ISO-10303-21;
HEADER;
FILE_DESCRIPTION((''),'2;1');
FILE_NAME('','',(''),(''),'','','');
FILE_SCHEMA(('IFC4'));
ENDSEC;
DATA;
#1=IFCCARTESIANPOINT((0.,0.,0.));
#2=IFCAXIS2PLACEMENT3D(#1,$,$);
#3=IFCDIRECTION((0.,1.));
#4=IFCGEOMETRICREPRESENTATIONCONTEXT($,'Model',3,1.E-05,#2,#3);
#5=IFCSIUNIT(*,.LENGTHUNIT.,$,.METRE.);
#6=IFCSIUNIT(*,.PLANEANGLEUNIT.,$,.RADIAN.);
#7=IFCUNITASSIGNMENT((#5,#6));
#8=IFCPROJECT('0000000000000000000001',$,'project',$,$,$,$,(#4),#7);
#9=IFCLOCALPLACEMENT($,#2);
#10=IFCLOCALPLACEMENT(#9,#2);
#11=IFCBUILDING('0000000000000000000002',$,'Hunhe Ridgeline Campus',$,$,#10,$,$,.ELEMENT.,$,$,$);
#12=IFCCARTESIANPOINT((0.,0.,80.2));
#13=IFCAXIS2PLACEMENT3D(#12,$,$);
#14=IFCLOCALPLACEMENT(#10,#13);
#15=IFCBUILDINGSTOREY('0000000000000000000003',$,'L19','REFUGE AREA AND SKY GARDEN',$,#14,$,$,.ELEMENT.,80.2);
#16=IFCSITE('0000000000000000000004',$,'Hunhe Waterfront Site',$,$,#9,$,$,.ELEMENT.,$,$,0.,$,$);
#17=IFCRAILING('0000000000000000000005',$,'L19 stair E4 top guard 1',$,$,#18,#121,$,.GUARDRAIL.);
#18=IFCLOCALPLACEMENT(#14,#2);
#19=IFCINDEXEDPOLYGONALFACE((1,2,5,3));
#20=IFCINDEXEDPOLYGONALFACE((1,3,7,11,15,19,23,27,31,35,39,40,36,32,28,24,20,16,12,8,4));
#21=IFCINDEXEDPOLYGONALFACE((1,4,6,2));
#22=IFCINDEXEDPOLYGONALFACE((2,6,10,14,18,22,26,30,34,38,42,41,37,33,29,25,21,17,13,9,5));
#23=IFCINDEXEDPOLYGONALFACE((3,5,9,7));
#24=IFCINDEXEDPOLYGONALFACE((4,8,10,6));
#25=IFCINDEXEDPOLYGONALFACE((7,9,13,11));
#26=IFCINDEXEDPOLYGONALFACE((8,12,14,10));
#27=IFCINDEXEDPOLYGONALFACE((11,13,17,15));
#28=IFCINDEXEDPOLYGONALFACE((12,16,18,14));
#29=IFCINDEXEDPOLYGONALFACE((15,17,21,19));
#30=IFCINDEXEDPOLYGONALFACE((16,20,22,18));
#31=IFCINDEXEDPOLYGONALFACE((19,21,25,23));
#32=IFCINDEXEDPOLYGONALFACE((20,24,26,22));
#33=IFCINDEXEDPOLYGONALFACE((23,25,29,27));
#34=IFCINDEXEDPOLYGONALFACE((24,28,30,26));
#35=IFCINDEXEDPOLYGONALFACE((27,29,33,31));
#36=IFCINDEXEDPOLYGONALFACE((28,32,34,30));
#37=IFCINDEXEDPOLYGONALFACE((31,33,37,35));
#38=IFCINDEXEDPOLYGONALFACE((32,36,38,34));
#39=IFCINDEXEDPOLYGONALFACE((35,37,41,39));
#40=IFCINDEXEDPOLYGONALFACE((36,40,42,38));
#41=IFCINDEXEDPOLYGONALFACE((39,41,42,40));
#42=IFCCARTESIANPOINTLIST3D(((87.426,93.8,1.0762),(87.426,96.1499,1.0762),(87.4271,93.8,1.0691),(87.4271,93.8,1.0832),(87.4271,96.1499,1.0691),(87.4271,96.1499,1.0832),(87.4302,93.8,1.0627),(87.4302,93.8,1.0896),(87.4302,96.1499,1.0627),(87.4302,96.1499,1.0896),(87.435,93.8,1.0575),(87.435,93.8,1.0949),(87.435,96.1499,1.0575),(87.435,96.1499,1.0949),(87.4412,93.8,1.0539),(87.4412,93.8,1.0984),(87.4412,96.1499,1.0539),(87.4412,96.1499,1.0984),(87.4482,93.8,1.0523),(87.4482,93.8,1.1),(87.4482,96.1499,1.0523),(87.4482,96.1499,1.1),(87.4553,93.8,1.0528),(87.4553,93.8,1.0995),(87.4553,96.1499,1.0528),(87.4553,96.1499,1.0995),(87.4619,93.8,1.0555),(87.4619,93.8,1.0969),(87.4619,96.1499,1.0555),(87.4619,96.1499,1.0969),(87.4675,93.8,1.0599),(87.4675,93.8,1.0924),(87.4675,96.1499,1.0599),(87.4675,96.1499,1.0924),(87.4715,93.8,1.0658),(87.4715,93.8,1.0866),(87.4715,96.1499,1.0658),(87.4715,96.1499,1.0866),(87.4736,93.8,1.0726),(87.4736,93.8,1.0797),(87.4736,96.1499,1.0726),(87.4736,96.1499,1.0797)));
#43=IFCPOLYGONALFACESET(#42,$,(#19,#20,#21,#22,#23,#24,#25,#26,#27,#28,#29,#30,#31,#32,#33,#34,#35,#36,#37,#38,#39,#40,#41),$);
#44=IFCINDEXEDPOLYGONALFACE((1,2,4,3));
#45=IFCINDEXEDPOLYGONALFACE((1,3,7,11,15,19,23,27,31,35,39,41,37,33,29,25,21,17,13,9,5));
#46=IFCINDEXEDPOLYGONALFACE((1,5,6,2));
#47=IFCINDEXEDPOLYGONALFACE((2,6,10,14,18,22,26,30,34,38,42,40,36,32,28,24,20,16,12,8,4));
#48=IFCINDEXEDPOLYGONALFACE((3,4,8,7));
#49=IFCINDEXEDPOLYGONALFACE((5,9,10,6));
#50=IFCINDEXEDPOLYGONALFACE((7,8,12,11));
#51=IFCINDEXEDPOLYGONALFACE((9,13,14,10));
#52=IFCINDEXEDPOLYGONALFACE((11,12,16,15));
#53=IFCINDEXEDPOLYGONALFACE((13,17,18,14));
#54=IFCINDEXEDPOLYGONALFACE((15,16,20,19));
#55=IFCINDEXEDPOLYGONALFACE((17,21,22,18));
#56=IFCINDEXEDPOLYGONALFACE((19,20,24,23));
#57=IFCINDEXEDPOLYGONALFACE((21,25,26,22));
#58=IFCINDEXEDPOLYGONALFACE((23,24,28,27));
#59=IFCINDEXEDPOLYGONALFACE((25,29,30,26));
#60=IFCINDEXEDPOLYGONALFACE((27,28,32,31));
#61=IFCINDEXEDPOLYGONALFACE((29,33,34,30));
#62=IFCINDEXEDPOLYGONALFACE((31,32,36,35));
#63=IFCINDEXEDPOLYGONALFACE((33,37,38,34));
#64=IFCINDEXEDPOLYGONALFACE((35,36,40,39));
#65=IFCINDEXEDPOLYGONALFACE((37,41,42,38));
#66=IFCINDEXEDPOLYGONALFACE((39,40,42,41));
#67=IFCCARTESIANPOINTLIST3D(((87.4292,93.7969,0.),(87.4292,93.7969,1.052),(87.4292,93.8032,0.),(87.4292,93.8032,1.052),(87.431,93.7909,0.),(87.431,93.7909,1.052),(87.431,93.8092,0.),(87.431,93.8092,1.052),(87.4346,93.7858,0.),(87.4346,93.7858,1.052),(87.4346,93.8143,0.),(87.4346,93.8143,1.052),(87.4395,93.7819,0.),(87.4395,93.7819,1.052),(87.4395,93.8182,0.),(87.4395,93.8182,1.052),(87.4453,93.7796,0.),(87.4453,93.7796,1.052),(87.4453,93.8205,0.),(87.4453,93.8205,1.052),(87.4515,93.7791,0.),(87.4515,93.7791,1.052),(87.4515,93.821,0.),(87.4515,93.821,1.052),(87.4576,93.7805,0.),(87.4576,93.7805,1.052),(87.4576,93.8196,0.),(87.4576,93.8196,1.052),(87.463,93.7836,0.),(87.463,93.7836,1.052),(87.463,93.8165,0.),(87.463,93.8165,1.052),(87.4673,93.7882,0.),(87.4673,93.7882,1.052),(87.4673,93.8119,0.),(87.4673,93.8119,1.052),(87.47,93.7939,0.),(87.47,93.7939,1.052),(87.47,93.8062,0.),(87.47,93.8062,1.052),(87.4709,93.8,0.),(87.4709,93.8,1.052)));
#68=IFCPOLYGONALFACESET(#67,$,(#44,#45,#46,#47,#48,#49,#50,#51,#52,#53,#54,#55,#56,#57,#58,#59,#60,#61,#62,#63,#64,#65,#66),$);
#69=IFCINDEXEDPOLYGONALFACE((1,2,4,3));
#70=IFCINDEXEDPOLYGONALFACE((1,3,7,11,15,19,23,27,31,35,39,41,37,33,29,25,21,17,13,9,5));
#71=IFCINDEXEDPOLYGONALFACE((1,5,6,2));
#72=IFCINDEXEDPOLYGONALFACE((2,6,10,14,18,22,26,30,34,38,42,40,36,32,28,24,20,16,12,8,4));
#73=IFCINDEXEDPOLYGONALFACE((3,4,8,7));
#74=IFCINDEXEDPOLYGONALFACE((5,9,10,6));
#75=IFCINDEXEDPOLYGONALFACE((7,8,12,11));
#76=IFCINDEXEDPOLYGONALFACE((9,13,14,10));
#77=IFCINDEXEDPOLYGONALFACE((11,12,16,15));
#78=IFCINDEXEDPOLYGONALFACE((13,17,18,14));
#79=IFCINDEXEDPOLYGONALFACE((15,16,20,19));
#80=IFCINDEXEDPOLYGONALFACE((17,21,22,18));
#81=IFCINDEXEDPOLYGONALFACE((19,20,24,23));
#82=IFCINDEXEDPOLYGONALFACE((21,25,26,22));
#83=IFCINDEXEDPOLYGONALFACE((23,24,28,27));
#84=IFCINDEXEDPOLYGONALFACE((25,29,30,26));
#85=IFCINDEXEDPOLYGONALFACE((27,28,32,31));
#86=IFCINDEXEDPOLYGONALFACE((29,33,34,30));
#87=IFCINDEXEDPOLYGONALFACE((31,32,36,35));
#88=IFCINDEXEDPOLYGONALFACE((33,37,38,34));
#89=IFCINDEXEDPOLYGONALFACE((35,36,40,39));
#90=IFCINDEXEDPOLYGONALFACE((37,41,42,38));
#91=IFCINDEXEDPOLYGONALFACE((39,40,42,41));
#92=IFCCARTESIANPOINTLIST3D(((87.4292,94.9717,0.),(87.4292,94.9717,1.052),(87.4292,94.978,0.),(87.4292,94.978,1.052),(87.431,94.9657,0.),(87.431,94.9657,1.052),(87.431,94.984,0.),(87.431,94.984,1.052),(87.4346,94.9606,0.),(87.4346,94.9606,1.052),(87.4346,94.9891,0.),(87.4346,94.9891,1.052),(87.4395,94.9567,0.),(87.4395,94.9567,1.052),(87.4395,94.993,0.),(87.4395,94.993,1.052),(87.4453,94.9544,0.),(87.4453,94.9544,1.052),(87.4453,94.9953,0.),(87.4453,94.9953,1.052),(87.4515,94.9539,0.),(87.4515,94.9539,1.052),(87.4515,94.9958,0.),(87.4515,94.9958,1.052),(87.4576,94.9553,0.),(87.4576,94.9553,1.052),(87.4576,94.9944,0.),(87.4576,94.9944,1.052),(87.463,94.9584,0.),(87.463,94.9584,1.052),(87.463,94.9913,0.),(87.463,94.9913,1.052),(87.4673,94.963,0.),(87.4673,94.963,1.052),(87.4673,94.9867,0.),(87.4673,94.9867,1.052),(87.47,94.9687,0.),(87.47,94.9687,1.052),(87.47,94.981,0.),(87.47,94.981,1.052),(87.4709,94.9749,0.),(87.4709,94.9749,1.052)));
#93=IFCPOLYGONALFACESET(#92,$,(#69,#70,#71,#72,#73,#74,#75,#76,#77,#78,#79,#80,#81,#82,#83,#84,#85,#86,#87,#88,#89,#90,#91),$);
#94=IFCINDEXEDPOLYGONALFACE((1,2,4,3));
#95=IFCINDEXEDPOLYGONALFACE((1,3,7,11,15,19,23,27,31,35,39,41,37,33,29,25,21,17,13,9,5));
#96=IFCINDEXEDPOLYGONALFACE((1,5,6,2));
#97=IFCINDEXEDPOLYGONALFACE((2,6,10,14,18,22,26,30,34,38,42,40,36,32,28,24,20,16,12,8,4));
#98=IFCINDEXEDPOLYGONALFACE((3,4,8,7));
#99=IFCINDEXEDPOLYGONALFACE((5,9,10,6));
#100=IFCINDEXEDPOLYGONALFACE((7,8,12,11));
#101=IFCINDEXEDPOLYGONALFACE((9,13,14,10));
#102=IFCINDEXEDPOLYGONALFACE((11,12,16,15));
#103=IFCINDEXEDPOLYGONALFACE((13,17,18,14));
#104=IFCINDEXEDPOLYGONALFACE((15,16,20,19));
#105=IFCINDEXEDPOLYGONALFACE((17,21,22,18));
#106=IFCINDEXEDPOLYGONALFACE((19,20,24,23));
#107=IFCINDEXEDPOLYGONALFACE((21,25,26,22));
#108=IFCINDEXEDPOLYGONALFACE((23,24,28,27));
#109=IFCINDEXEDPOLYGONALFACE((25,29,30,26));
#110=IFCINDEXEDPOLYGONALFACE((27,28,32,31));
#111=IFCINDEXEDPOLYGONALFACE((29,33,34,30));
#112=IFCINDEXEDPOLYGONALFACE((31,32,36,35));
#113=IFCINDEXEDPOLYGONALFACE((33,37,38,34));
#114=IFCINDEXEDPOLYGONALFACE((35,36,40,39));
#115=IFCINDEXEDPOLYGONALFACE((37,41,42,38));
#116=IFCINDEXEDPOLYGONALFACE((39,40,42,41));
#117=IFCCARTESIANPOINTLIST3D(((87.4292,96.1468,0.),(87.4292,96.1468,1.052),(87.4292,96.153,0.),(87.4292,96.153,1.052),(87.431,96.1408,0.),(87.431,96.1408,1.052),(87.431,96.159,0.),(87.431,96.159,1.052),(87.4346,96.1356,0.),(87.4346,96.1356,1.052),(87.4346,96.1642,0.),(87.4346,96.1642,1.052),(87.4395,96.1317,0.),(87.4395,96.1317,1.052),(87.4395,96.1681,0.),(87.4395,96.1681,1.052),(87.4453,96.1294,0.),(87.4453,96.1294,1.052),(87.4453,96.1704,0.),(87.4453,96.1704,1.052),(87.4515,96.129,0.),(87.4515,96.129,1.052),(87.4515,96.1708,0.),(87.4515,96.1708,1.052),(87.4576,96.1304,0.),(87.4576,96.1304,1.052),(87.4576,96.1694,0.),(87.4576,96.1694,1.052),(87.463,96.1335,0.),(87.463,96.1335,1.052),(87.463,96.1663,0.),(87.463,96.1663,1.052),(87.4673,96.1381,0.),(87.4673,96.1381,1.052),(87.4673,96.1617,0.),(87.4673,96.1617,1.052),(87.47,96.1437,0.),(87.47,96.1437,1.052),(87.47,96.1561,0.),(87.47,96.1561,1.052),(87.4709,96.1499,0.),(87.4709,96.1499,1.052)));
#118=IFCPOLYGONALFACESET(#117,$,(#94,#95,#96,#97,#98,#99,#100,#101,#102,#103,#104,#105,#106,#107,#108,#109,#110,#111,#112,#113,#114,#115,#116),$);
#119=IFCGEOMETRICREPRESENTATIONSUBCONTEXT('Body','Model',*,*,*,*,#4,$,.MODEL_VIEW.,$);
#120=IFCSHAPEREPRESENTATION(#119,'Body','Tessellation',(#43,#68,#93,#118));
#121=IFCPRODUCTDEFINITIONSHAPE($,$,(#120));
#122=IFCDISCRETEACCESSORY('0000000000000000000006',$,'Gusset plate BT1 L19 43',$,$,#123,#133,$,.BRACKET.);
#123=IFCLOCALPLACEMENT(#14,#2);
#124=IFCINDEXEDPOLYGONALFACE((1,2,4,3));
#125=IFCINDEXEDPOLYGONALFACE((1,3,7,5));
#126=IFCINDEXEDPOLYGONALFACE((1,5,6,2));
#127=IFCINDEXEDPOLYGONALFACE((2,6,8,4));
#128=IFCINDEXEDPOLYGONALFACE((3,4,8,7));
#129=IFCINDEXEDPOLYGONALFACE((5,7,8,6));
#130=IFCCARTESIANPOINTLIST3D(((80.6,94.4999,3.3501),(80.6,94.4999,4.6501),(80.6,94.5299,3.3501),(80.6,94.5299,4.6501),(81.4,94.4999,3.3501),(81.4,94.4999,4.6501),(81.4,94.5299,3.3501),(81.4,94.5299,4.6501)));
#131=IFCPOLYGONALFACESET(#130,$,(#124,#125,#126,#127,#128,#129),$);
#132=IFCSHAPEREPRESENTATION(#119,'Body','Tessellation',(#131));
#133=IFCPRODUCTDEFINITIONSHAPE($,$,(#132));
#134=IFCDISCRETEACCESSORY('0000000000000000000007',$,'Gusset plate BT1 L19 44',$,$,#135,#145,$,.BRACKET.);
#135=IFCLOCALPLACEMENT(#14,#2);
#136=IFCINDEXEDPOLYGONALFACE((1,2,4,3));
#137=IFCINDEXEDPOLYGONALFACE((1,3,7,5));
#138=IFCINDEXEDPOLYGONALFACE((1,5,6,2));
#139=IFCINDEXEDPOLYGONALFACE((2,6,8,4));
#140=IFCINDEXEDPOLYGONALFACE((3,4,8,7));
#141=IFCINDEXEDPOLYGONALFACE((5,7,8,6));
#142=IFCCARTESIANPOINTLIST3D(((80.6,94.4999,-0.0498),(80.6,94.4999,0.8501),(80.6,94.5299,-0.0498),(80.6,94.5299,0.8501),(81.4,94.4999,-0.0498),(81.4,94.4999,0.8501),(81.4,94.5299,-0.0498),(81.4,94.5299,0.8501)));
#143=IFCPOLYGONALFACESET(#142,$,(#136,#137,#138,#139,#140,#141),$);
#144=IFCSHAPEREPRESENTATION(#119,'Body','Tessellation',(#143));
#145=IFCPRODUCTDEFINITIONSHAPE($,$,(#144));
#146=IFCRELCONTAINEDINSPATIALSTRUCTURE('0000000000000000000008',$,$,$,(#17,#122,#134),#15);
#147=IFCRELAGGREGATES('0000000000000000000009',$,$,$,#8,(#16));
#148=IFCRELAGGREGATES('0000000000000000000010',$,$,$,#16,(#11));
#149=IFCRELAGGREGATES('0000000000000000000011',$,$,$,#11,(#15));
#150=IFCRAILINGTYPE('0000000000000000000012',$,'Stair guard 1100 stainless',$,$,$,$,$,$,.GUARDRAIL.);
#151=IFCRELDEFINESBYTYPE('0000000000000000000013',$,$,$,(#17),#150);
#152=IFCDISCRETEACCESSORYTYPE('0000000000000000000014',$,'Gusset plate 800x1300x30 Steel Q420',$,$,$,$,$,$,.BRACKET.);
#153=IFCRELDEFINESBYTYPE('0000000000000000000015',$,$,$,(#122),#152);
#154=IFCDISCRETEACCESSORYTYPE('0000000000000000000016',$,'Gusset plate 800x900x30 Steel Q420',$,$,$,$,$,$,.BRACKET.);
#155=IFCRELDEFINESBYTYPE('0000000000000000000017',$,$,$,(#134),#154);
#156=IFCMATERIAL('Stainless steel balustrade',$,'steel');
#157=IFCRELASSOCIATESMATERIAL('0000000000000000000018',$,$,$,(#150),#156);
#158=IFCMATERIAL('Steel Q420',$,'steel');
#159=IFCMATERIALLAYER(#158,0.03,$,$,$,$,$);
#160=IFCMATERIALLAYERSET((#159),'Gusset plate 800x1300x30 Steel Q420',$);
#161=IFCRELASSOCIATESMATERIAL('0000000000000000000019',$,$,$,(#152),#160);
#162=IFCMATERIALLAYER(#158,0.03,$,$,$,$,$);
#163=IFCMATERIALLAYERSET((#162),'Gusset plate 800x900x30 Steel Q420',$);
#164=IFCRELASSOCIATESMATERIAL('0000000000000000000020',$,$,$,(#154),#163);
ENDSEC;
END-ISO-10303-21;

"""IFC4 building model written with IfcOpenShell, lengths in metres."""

from ifc_helpers import new_model, si_unit, direction, frame, origin, origin_2d, place, context, subcontext, project, spatial, rectangle, circle, extrude, material, layer, layer_set, type_object, element, save


model = new_model("IFC4")

# Units and contexts
model_context = context("Model", 3, precision=1e-05, world=origin(), true_north=direction((0.0, 1.0)))
body_context = subcontext(model_context, "Body", "Model", "MODEL_VIEW")
ifc_project = project(units=[si_unit("LENGTHUNIT", "METRE"), si_unit("PLANEANGLEUNIT", "RADIAN")], contexts=[model_context])

# Site, building, storey
site_placement = place(None, origin())
site = spatial("IfcSite", under=ifc_project, at=site_placement, Name="Hunhe Waterfront Site", CompositionType="ELEMENT", RefElevation=0.0)
building_placement = place(site_placement, origin())
building = spatial("IfcBuilding", under=site, at=building_placement, Name="Hunhe Ridgeline Campus", CompositionType="ELEMENT")
storey_placement = place(building_placement, frame((0.0, 0.0, 80.2)))
storey = spatial("IfcBuildingStorey", under=building, at=storey_placement, Name="L19", Description="REFUGE AREA AND SKY GARDEN", CompositionType="ELEMENT", Elevation=80.2)

# Shared definitions
ifc_material_1 = material(Name="Steel Q420", Category="steel")

# Railing
ifc_material_2 = material(Name="Stainless steel balustrade", Category="steel")
railing_type_1 = type_object("IfcRailingType", Name="Stair guard 1100 stainless", PredefinedType="GUARDRAIL", material=ifc_material_2)
railing_1_placement = place(storey_placement, frame((87.45, 93.8, 0.0)))
element("IfcRailing", 1, at=railing_1_placement, inside=storey, type_object=railing_type_1, Name="L19 stair E4 top guard 1", PredefinedType="GUARDRAIL", context=body_context, shape_type="SweptSolid", body=[
    extrude(circle(Radius=0.0239, at=origin_2d()), frame((0.0, 0.0, 1.0762), z_axis=(0.0, 1.0, 0.0), x_axis=(-1.0, 0.0, 0.0)), (0.0, 0.0, 1.0), 2.3499),
    extrude(circle(Radius=0.021, at=origin_2d()), origin(), (0.0, 0.0, 1.0), 1.052),
    extrude(circle(Radius=0.021, at=origin_2d()), frame((0.0, 1.1748, 0.0)), (0.0, 0.0, 1.0), 1.052),
    extrude(circle(Radius=0.021, at=origin_2d()), frame((0.0, 2.3499, 0.0)), (0.0, 0.0, 1.0), 1.052),
])

# Discrete accessories
ifc_layer_1 = layer(ifc_material_1, 0.03)
ifc_layer_set_1 = layer_set([ifc_layer_1], Name="Gusset plate 800x1300x30 Steel Q420")
discrete_accessory_type_1 = type_object("IfcDiscreteAccessoryType", Name="Gusset plate 800x1300x30 Steel Q420", PredefinedType="BRACKET", material=ifc_layer_set_1)
discrete_accessory_1_placement = place(storey_placement, frame((81.0, 94.5149, 3.3501), z_axis=(0.0, 0.0, 1.0), x_axis=(0.0, 1.0, 0.0)))
element("IfcDiscreteAccessory", 2, at=discrete_accessory_1_placement, inside=storey, type_object=discrete_accessory_type_1, Name="Gusset plate BT1 L19 43", PredefinedType="BRACKET", context=body_context, shape_type="SweptSolid", body=[
    extrude(rectangle(XDim=0.03, YDim=0.8, at=origin_2d()), origin(), (0.0, 0.0, 1.0), 1.3),
])
ifc_layer_2 = layer(ifc_material_1, 0.03)
ifc_layer_set_2 = layer_set([ifc_layer_2], Name="Gusset plate 800x900x30 Steel Q420")
discrete_accessory_type_2 = type_object("IfcDiscreteAccessoryType", Name="Gusset plate 800x900x30 Steel Q420", PredefinedType="BRACKET", material=ifc_layer_set_2)
discrete_accessory_2_placement = place(storey_placement, frame((81.0, 94.5149, -0.0498), z_axis=(0.0, 0.0, 1.0), x_axis=(0.0, 1.0, 0.0)))
element("IfcDiscreteAccessory", 3, at=discrete_accessory_2_placement, inside=storey, type_object=discrete_accessory_type_2, Name="Gusset plate BT1 L19 44", PredefinedType="BRACKET", context=body_context, shape_type="SweptSolid", body=[
    extrude(rectangle(XDim=0.03, YDim=0.8, at=origin_2d()), origin(), (0.0, 0.0, 1.0), 0.8999),
])

save(model, "model.ifc")
